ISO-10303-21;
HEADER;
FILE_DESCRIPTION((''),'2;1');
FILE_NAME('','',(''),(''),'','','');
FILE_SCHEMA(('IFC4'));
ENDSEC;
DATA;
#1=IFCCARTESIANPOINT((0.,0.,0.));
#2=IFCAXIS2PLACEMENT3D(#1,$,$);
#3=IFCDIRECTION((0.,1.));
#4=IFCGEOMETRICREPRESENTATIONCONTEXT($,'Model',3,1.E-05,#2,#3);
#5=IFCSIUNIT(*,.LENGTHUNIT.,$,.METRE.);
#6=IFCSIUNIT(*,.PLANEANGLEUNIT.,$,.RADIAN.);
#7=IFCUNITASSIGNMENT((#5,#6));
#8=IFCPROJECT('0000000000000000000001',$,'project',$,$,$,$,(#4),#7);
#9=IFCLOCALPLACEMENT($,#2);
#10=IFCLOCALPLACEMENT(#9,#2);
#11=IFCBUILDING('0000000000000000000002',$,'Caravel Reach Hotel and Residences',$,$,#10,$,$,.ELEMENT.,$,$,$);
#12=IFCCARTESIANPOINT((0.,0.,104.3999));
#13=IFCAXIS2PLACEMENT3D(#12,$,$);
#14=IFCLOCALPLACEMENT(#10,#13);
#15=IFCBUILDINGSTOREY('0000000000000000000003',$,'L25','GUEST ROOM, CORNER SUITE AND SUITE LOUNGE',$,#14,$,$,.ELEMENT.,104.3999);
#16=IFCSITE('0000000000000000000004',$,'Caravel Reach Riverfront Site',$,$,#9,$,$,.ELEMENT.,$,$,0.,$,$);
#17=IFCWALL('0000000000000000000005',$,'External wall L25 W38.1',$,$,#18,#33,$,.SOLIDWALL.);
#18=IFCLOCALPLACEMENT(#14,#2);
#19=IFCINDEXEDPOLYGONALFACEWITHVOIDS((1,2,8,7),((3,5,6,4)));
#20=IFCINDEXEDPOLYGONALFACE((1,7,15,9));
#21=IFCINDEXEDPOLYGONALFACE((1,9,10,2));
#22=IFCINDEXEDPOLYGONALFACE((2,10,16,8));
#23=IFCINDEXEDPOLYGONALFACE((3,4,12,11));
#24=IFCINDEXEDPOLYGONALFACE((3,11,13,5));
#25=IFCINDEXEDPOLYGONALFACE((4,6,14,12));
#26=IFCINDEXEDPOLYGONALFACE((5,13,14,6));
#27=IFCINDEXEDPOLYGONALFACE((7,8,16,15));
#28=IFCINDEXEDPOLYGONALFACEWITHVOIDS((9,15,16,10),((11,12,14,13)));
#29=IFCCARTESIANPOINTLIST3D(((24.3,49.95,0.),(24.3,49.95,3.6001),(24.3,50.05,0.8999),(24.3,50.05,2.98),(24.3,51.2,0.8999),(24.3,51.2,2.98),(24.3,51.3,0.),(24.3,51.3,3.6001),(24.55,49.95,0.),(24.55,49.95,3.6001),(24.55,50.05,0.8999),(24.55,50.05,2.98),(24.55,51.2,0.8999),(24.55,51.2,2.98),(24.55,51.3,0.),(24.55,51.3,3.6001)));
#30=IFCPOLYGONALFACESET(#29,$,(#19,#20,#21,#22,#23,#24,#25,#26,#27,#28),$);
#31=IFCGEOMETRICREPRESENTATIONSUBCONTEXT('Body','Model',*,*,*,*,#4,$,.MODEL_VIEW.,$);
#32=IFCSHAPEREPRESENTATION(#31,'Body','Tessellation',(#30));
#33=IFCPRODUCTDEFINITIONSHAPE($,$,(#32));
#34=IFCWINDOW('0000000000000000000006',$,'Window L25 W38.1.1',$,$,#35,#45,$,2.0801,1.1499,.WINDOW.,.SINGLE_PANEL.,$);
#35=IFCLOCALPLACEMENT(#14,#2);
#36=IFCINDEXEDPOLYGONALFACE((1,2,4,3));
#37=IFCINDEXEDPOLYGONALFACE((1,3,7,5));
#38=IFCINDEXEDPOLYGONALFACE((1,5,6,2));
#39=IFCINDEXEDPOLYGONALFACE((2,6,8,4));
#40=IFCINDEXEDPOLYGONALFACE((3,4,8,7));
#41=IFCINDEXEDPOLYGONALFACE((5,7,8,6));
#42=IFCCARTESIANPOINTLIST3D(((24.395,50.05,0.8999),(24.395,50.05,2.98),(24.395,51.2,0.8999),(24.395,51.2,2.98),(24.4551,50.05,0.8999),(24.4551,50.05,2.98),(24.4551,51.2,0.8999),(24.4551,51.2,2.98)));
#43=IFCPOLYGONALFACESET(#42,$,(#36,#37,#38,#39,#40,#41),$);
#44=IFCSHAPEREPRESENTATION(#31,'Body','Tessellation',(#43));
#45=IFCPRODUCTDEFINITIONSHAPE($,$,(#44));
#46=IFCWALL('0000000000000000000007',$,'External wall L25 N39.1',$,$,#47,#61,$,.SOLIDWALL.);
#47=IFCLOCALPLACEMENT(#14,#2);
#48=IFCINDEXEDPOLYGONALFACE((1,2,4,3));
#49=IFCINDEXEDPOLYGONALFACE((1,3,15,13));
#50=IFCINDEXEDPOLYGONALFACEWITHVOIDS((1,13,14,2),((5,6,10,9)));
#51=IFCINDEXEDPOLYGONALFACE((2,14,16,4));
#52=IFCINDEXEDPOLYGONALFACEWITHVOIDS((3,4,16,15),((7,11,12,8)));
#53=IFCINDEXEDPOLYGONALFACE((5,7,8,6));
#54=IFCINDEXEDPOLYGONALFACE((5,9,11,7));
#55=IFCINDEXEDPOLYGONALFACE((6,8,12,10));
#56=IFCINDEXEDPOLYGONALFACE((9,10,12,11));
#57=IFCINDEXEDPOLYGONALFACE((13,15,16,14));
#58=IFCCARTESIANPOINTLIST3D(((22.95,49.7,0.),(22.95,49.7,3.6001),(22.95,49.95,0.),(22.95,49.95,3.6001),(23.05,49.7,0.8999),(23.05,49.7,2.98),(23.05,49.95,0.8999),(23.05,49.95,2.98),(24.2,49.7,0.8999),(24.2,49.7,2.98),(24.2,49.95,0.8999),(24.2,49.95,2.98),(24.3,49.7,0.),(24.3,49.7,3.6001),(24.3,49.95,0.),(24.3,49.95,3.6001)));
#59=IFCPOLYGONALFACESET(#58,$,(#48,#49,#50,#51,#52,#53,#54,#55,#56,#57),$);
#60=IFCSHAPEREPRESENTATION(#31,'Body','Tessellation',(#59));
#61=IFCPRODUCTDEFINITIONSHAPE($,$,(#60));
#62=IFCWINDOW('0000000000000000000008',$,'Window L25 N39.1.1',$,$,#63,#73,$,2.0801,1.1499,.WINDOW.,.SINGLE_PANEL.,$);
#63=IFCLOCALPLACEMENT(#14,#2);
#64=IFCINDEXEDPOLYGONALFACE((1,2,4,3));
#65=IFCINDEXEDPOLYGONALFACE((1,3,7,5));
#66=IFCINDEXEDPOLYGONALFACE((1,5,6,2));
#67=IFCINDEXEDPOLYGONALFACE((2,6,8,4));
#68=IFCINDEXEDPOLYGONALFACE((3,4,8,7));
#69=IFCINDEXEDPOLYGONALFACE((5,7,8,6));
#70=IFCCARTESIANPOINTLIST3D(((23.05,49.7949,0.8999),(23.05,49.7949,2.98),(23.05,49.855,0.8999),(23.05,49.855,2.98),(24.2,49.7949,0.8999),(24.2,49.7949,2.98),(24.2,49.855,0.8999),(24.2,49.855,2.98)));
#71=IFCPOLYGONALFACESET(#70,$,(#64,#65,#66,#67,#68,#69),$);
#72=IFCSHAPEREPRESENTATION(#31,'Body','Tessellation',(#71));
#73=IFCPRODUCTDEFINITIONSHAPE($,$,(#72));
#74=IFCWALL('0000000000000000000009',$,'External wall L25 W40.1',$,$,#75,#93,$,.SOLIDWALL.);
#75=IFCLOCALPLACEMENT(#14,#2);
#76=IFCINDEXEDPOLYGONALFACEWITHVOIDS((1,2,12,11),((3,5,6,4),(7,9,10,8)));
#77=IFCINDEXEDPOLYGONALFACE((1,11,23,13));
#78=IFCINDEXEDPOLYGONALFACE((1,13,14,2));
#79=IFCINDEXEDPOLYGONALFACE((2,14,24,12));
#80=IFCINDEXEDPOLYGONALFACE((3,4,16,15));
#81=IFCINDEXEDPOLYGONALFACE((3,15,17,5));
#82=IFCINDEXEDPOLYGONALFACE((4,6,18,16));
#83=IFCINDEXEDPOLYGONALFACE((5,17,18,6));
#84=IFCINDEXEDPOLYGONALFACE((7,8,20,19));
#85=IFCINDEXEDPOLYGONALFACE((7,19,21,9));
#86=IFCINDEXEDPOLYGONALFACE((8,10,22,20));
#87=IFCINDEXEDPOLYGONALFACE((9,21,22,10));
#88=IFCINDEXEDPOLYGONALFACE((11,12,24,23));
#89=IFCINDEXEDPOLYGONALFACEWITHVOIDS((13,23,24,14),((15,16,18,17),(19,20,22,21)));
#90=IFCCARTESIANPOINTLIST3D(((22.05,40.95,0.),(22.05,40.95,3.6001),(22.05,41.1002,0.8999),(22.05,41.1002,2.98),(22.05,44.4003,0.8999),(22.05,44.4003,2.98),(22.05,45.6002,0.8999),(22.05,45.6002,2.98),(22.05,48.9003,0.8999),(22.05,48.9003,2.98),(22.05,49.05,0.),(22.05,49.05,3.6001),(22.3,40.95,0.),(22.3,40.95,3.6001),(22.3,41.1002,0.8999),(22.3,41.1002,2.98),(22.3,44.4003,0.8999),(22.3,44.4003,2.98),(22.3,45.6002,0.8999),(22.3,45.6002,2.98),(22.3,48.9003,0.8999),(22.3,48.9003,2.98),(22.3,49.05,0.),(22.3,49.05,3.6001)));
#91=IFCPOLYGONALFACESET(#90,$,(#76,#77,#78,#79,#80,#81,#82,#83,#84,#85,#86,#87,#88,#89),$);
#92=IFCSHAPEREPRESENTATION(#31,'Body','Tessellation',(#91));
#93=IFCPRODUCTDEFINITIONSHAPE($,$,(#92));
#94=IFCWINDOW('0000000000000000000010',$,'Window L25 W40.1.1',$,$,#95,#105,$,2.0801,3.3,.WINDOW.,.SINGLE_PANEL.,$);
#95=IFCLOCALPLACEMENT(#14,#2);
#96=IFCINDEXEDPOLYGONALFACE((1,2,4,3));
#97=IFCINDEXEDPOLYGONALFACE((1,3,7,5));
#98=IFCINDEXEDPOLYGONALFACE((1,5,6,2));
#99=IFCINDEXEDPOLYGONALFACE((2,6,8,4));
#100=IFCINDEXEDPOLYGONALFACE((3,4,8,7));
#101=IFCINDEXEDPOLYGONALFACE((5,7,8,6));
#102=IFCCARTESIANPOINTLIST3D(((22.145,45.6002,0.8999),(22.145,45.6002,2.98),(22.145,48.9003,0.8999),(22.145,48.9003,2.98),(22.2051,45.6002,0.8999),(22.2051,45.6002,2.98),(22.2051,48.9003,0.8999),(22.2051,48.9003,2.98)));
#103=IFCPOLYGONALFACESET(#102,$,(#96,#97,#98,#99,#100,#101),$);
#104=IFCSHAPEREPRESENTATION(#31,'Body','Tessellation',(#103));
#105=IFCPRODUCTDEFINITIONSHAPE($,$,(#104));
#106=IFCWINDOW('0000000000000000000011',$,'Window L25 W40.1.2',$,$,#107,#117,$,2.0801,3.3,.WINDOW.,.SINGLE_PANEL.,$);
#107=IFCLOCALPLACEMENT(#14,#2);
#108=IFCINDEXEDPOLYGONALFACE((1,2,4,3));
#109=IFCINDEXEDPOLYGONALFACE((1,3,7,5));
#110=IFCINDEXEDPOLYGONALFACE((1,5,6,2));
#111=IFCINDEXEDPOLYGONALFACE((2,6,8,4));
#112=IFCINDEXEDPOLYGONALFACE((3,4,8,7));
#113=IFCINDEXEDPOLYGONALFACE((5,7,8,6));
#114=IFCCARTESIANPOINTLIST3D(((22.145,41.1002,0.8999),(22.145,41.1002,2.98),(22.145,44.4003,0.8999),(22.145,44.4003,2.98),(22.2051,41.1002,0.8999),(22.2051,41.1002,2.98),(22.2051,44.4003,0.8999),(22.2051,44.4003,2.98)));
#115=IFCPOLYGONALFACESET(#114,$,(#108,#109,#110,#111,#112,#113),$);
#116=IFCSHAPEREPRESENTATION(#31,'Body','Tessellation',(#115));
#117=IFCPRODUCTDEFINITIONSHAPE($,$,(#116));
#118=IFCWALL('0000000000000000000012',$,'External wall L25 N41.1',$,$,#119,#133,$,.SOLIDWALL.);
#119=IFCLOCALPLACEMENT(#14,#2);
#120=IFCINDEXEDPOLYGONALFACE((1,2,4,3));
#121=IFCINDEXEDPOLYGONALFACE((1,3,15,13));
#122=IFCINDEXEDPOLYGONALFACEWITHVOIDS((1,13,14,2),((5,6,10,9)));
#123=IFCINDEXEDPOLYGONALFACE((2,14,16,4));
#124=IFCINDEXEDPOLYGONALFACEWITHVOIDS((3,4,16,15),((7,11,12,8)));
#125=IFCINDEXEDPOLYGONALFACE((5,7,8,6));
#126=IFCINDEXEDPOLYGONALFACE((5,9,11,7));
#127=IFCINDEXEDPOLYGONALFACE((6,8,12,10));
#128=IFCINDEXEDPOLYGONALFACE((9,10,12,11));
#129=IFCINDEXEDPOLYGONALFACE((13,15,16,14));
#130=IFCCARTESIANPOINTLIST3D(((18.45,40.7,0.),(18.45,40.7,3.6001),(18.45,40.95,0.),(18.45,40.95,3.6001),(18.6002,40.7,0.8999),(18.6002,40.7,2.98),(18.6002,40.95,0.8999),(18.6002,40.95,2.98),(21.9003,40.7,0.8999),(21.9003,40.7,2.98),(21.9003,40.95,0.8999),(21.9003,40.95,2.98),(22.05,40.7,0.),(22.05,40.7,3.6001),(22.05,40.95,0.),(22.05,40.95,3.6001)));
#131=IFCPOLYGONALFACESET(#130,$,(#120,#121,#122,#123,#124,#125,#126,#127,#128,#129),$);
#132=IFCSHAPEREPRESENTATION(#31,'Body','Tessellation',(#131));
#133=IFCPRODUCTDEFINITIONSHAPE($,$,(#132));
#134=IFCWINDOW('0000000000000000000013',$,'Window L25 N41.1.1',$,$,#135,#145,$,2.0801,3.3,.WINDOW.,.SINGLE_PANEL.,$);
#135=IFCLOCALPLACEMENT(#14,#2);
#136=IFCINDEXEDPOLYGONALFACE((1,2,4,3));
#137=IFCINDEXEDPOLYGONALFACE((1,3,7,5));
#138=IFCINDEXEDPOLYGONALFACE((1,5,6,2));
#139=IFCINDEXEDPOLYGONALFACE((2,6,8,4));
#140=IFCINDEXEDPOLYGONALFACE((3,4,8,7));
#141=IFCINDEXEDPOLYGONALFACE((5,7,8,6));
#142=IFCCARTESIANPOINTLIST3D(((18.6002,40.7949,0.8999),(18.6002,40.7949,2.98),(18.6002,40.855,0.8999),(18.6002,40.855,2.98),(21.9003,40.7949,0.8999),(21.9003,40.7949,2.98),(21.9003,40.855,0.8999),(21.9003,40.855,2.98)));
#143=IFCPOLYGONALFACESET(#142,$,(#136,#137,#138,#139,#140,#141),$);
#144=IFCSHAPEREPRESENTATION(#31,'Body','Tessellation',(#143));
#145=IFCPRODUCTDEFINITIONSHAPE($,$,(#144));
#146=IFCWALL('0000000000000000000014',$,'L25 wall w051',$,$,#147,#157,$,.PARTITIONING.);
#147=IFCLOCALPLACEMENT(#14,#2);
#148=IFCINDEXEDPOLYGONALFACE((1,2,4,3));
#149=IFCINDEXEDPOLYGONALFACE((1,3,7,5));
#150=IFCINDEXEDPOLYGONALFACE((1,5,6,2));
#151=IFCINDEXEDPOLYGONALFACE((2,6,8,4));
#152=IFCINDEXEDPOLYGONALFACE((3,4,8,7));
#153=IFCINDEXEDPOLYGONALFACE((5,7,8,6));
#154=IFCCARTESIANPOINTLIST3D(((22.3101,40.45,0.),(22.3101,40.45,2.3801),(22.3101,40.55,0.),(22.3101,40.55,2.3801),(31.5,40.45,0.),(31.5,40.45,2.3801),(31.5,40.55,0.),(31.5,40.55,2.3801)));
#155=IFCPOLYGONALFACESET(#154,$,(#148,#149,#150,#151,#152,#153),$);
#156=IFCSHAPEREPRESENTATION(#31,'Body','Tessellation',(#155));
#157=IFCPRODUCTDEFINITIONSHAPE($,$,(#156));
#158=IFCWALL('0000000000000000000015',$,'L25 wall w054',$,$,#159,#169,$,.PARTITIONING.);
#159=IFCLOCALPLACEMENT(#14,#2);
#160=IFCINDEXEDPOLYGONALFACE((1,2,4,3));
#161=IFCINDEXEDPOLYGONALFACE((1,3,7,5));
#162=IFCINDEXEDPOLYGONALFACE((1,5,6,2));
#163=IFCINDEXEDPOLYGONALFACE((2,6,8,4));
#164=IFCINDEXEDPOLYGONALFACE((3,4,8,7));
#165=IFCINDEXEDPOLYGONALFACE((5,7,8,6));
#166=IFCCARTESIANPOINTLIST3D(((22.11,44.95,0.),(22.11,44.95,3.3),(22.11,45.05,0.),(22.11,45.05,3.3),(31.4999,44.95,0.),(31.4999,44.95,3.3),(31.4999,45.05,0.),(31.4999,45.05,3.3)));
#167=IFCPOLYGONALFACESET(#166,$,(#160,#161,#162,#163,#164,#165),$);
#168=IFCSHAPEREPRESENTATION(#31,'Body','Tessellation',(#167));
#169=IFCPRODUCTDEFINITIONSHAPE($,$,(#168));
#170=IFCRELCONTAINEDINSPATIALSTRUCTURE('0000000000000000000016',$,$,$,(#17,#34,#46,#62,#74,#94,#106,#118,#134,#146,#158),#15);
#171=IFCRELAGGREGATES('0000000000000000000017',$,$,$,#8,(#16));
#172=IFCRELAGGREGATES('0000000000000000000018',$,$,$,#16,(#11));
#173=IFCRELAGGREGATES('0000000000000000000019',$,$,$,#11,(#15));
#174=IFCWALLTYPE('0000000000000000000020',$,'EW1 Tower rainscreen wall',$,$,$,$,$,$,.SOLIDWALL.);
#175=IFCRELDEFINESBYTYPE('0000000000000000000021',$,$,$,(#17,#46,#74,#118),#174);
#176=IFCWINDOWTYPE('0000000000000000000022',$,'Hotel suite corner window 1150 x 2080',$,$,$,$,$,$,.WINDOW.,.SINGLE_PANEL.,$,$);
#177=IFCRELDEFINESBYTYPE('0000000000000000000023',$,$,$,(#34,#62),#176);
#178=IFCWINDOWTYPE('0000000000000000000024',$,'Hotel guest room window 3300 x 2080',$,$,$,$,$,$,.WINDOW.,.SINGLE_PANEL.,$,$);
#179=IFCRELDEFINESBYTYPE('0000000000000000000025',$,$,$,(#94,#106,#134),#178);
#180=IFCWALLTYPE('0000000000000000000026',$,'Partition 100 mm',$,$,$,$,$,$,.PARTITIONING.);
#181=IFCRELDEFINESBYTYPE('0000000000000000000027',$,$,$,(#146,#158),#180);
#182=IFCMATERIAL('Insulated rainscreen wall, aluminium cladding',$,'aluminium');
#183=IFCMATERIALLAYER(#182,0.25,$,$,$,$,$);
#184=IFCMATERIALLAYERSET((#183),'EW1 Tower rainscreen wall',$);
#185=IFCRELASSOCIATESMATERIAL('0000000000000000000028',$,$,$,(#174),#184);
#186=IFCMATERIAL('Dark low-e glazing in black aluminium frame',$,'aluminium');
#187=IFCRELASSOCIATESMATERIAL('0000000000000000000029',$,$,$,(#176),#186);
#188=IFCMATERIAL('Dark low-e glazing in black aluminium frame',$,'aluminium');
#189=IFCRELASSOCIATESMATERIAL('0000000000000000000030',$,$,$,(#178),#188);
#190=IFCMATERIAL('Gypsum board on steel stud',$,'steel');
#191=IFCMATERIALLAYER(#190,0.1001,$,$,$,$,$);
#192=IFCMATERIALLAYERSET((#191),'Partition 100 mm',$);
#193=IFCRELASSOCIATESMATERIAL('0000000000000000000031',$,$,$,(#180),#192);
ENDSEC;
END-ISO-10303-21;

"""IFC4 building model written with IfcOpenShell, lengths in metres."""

from ifc_helpers import new_model, si_unit, direction, frame, frame_2d, origin, place, context, subcontext, project, spatial, rectangle, extrude, material, layer, layer_set, type_object, element, fill, save


model = new_model("IFC4")

# Units and contexts
model_context = context("Model", 3, precision=1e-05, world=origin(), true_north=direction((0.0, 1.0)))
body_context = subcontext(model_context, "Body", "Model", "MODEL_VIEW")
ifc_project = project(units=[si_unit("LENGTHUNIT", "METRE"), si_unit("PLANEANGLEUNIT", "RADIAN")], contexts=[model_context])

# Site, building, storey
site_placement = place(None, origin())
site = spatial("IfcSite", under=ifc_project, at=site_placement, Name="Caravel Reach Riverfront Site", CompositionType="ELEMENT", RefElevation=0.0)
building_placement = place(site_placement, origin())
building = spatial("IfcBuilding", under=site, at=building_placement, Name="Caravel Reach Hotel and Residences", CompositionType="ELEMENT")
storey_placement = place(building_placement, frame((0.0, 0.0, 104.3999)))
storey = spatial("IfcBuildingStorey", under=building, at=storey_placement, Name="L25", Description="GUEST ROOM, CORNER SUITE AND SUITE LOUNGE", CompositionType="ELEMENT", Elevation=104.3999)

# Walls, openings, windows
ifc_material_1 = material(Name="Insulated rainscreen wall, aluminium cladding", Category="aluminium")
ifc_layer_1 = layer(ifc_material_1, 0.25)
ifc_layer_set_1 = layer_set([ifc_layer_1], Name="EW1 Tower rainscreen wall")
wall_type_1 = type_object("IfcWallType", Name="EW1 Tower rainscreen wall", PredefinedType="SOLIDWALL", material=ifc_layer_set_1)
ifc_material_2 = material(Name="Dark low-e glazing in black aluminium frame", Category="aluminium")
window_type_1 = type_object("IfcWindowType", Name="Hotel suite corner window 1150 x 2080", PartitioningType="SINGLE_PANEL", PredefinedType="WINDOW", material=ifc_material_2)
wall_1_placement = place(storey_placement, frame((24.425, 51.3, 0.0), z_axis=(0.0, 0.0, 1.0), x_axis=(0.0, -1.0, 0.0)))
wall_1 = element("IfcWall", 1, at=wall_1_placement, inside=storey, type_object=wall_type_1, Name="External wall L25 W38.1", PredefinedType="SOLIDWALL", context=body_context, shape_type="SweptSolid", body=[
    extrude(rectangle(XDim=1.3501, YDim=0.25, at=frame_2d((0.675, 0.0))), origin(), (0.0, 0.0, 1.0), 3.6001),
])
opening_1_placement = place(wall_1_placement, frame((0.1001, 0.0, 0.8999)))
opening_1 = element("IfcOpeningElement", 2, at=opening_1_placement, cuts=wall_1, PredefinedType="OPENING", context=body_context, shape_type="SweptSolid", body=[
    extrude(rectangle(XDim=1.1499, YDim=2.0801, at=frame_2d((0.575, 1.04))), frame((0.0, 0.135, 0.0), z_axis=(0.0, -1.0, 0.0), x_axis=(1.0, 0.0, 0.0)), (0.0, 0.0, 1.0), 0.27),
])
window_1_placement = place(opening_1_placement, origin())
window_1 = element("IfcWindow", 3, at=window_1_placement, inside=storey, type_object=window_type_1, Name="Window L25 W38.1.1", OverallHeight=2.0801, OverallWidth=1.1499, PartitioningType="SINGLE_PANEL", PredefinedType="WINDOW", context=body_context, shape_type="SweptSolid", body=[
    extrude(rectangle(XDim=1.1499, YDim=2.0801, at=frame_2d((0.575, 1.04))), frame((0.0, 0.03, 0.0), z_axis=(0.0, -1.0, 0.0), x_axis=(1.0, 0.0, 0.0)), (0.0, 0.0, 1.0), 0.0601),
])
fill(opening_1, window_1)
wall_2_placement = place(storey_placement, frame((24.3, 49.825, 0.0), z_axis=(0.0, 0.0, 1.0), x_axis=(-1.0, 0.0, 0.0)))
wall_2 = element("IfcWall", 4, at=wall_2_placement, inside=storey, type_object=wall_type_1, Name="External wall L25 N39.1", PredefinedType="SOLIDWALL", context=body_context, shape_type="SweptSolid", body=[
    extrude(rectangle(XDim=1.3501, YDim=0.25, at=frame_2d((0.675, 0.0))), origin(), (0.0, 0.0, 1.0), 3.6001),
])
opening_2_placement = place(wall_2_placement, frame((0.1001, 0.0, 0.8999)))
opening_2 = element("IfcOpeningElement", 5, at=opening_2_placement, cuts=wall_2, PredefinedType="OPENING", context=body_context, shape_type="SweptSolid", body=[
    extrude(rectangle(XDim=1.1499, YDim=2.0801, at=frame_2d((0.575, 1.04))), frame((0.0, 0.135, 0.0), z_axis=(0.0, -1.0, 0.0), x_axis=(1.0, 0.0, 0.0)), (0.0, 0.0, 1.0), 0.27),
])
window_2_placement = place(opening_2_placement, origin())
window_2 = element("IfcWindow", 6, at=window_2_placement, inside=storey, type_object=window_type_1, Name="Window L25 N39.1.1", OverallHeight=2.0801, OverallWidth=1.1499, PartitioningType="SINGLE_PANEL", PredefinedType="WINDOW", context=body_context, shape_type="SweptSolid", body=[
    extrude(rectangle(XDim=1.1499, YDim=2.0801, at=frame_2d((0.575, 1.04))), frame((0.0, 0.03, 0.0), z_axis=(0.0, -1.0, 0.0), x_axis=(1.0, 0.0, 0.0)), (0.0, 0.0, 1.0), 0.0601),
])
fill(opening_2, window_2)

# Wall, openings, windows
wall_3_placement = place(storey_placement, frame((22.175, 49.05, 0.0), z_axis=(0.0, 0.0, 1.0), x_axis=(0.0, -1.0, 0.0)))
wall_3 = element("IfcWall", 7, at=wall_3_placement, inside=storey, type_object=wall_type_1, Name="External wall L25 W40.1", PredefinedType="SOLIDWALL", context=body_context, shape_type="SweptSolid", body=[
    extrude(rectangle(XDim=8.1001, YDim=0.25, at=frame_2d((4.05, 0.0))), origin(), (0.0, 0.0, 1.0), 3.6001),
])
opening_3_placement = place(wall_3_placement, frame((0.1499, 0.0, 0.8999)))
opening_3 = element("IfcOpeningElement", 8, at=opening_3_placement, cuts=wall_3, PredefinedType="OPENING", context=body_context, shape_type="SweptSolid", body=[
    extrude(rectangle(XDim=3.3, YDim=2.0801, at=frame_2d((1.6499, 1.04))), frame((0.0, 0.135, 0.0), z_axis=(0.0, -1.0, 0.0), x_axis=(1.0, 0.0, 0.0)), (0.0, 0.0, 1.0), 0.27),
])
opening_4_placement = place(wall_3_placement, frame((4.6499, 0.0, 0.8999)))
opening_4 = element("IfcOpeningElement", 9, at=opening_4_placement, cuts=wall_3, PredefinedType="OPENING", context=body_context, shape_type="SweptSolid", body=[
    extrude(rectangle(XDim=3.3, YDim=2.0801, at=frame_2d((1.6499, 1.04))), frame((0.0, 0.135, 0.0), z_axis=(0.0, -1.0, 0.0), x_axis=(1.0, 0.0, 0.0)), (0.0, 0.0, 1.0), 0.27),
])
ifc_material_3 = material(Name="Dark low-e glazing in black aluminium frame", Category="aluminium")
window_type_2 = type_object("IfcWindowType", Name="Hotel guest room window 3300 x 2080", PartitioningType="SINGLE_PANEL", PredefinedType="WINDOW", material=ifc_material_3)
window_3_placement = place(opening_3_placement, origin())
window_3 = element("IfcWindow", 10, at=window_3_placement, inside=storey, type_object=window_type_2, Name="Window L25 W40.1.1", OverallHeight=2.0801, OverallWidth=3.3, PartitioningType="SINGLE_PANEL", PredefinedType="WINDOW", context=body_context, shape_type="SweptSolid", body=[
    extrude(rectangle(XDim=3.3, YDim=2.0801, at=frame_2d((1.6499, 1.04))), frame((0.0, 0.03, 0.0), z_axis=(0.0, -1.0, 0.0), x_axis=(1.0, 0.0, 0.0)), (0.0, 0.0, 1.0), 0.0601),
])
fill(opening_3, window_3)
window_4_placement = place(opening_4_placement, origin())
window_4 = element("IfcWindow", 11, at=window_4_placement, inside=storey, type_object=window_type_2, Name="Window L25 W40.1.2", OverallHeight=2.0801, OverallWidth=3.3, PartitioningType="SINGLE_PANEL", PredefinedType="WINDOW", context=body_context, shape_type="SweptSolid", body=[
    extrude(rectangle(XDim=3.3, YDim=2.0801, at=frame_2d((1.6499, 1.04))), frame((0.0, 0.03, 0.0), z_axis=(0.0, -1.0, 0.0), x_axis=(1.0, 0.0, 0.0)), (0.0, 0.0, 1.0), 0.0601),
])
fill(opening_4, window_4)

# Wall, opening, window
wall_4_placement = place(storey_placement, frame((22.05, 40.825, 0.0), z_axis=(0.0, 0.0, 1.0), x_axis=(-1.0, 0.0, 0.0)))
wall_4 = element("IfcWall", 12, at=wall_4_placement, inside=storey, type_object=wall_type_1, Name="External wall L25 N41.1", PredefinedType="SOLIDWALL", context=body_context, shape_type="SweptSolid", body=[
    extrude(rectangle(XDim=3.6001, YDim=0.25, at=frame_2d((1.8, 0.0))), origin(), (0.0, 0.0, 1.0), 3.6001),
])
opening_5_placement = place(wall_4_placement, frame((0.1499, 0.0, 0.8999)))
opening_5 = element("IfcOpeningElement", 13, at=opening_5_placement, cuts=wall_4, PredefinedType="OPENING", context=body_context, shape_type="SweptSolid", body=[
    extrude(rectangle(XDim=3.3, YDim=2.0801, at=frame_2d((1.6499, 1.04))), frame((0.0, 0.135, 0.0), z_axis=(0.0, -1.0, 0.0), x_axis=(1.0, 0.0, 0.0)), (0.0, 0.0, 1.0), 0.27),
])
window_5_placement = place(opening_5_placement, origin())
window_5 = element("IfcWindow", 14, at=window_5_placement, inside=storey, type_object=window_type_2, Name="Window L25 N41.1.1", OverallHeight=2.0801, OverallWidth=3.3, PartitioningType="SINGLE_PANEL", PredefinedType="WINDOW", context=body_context, shape_type="SweptSolid", body=[
    extrude(rectangle(XDim=3.3, YDim=2.0801, at=frame_2d((1.6499, 1.04))), frame((0.0, 0.03, 0.0), z_axis=(0.0, -1.0, 0.0), x_axis=(1.0, 0.0, 0.0)), (0.0, 0.0, 1.0), 0.0601),
])
fill(opening_5, window_5)

# Walls
ifc_material_4 = material(Name="Gypsum board on steel stud", Category="steel")
ifc_layer_2 = layer(ifc_material_4, 0.1001)
ifc_layer_set_2 = layer_set([ifc_layer_2], Name="Partition 100 mm")
wall_type_2 = type_object("IfcWallType", Name="Partition 100 mm", PredefinedType="PARTITIONING", material=ifc_layer_set_2)
wall_5_placement = place(storey_placement, frame((22.3101, 40.5, 0.0), z_axis=(0.0, 0.0, 1.0), x_axis=(1.0, 0.0, 0.0)))
element("IfcWall", 15, at=wall_5_placement, inside=storey, type_object=wall_type_2, Name="L25 wall w051", PredefinedType="PARTITIONING", context=body_context, shape_type="SweptSolid", body=[
    extrude(rectangle(XDim=9.1899, YDim=0.1001, at=frame_2d((4.595, 0.0))), origin(), (0.0, 0.0, 1.0), 2.3801),
])
wall_6_placement = place(storey_placement, frame((22.1101, 45.0, 0.0), z_axis=(0.0, 0.0, 1.0), x_axis=(1.0, 0.0, 0.0)))
element("IfcWall", 16, at=wall_6_placement, inside=storey, type_object=wall_type_2, Name="L25 wall w054", PredefinedType="PARTITIONING", context=body_context, shape_type="SweptSolid", body=[
    extrude(rectangle(XDim=9.3899, YDim=0.1001, at=frame_2d((4.6948, 0.0))), origin(), (0.0, 0.0, 1.0), 3.3),
])

save(model, "model.ifc")
